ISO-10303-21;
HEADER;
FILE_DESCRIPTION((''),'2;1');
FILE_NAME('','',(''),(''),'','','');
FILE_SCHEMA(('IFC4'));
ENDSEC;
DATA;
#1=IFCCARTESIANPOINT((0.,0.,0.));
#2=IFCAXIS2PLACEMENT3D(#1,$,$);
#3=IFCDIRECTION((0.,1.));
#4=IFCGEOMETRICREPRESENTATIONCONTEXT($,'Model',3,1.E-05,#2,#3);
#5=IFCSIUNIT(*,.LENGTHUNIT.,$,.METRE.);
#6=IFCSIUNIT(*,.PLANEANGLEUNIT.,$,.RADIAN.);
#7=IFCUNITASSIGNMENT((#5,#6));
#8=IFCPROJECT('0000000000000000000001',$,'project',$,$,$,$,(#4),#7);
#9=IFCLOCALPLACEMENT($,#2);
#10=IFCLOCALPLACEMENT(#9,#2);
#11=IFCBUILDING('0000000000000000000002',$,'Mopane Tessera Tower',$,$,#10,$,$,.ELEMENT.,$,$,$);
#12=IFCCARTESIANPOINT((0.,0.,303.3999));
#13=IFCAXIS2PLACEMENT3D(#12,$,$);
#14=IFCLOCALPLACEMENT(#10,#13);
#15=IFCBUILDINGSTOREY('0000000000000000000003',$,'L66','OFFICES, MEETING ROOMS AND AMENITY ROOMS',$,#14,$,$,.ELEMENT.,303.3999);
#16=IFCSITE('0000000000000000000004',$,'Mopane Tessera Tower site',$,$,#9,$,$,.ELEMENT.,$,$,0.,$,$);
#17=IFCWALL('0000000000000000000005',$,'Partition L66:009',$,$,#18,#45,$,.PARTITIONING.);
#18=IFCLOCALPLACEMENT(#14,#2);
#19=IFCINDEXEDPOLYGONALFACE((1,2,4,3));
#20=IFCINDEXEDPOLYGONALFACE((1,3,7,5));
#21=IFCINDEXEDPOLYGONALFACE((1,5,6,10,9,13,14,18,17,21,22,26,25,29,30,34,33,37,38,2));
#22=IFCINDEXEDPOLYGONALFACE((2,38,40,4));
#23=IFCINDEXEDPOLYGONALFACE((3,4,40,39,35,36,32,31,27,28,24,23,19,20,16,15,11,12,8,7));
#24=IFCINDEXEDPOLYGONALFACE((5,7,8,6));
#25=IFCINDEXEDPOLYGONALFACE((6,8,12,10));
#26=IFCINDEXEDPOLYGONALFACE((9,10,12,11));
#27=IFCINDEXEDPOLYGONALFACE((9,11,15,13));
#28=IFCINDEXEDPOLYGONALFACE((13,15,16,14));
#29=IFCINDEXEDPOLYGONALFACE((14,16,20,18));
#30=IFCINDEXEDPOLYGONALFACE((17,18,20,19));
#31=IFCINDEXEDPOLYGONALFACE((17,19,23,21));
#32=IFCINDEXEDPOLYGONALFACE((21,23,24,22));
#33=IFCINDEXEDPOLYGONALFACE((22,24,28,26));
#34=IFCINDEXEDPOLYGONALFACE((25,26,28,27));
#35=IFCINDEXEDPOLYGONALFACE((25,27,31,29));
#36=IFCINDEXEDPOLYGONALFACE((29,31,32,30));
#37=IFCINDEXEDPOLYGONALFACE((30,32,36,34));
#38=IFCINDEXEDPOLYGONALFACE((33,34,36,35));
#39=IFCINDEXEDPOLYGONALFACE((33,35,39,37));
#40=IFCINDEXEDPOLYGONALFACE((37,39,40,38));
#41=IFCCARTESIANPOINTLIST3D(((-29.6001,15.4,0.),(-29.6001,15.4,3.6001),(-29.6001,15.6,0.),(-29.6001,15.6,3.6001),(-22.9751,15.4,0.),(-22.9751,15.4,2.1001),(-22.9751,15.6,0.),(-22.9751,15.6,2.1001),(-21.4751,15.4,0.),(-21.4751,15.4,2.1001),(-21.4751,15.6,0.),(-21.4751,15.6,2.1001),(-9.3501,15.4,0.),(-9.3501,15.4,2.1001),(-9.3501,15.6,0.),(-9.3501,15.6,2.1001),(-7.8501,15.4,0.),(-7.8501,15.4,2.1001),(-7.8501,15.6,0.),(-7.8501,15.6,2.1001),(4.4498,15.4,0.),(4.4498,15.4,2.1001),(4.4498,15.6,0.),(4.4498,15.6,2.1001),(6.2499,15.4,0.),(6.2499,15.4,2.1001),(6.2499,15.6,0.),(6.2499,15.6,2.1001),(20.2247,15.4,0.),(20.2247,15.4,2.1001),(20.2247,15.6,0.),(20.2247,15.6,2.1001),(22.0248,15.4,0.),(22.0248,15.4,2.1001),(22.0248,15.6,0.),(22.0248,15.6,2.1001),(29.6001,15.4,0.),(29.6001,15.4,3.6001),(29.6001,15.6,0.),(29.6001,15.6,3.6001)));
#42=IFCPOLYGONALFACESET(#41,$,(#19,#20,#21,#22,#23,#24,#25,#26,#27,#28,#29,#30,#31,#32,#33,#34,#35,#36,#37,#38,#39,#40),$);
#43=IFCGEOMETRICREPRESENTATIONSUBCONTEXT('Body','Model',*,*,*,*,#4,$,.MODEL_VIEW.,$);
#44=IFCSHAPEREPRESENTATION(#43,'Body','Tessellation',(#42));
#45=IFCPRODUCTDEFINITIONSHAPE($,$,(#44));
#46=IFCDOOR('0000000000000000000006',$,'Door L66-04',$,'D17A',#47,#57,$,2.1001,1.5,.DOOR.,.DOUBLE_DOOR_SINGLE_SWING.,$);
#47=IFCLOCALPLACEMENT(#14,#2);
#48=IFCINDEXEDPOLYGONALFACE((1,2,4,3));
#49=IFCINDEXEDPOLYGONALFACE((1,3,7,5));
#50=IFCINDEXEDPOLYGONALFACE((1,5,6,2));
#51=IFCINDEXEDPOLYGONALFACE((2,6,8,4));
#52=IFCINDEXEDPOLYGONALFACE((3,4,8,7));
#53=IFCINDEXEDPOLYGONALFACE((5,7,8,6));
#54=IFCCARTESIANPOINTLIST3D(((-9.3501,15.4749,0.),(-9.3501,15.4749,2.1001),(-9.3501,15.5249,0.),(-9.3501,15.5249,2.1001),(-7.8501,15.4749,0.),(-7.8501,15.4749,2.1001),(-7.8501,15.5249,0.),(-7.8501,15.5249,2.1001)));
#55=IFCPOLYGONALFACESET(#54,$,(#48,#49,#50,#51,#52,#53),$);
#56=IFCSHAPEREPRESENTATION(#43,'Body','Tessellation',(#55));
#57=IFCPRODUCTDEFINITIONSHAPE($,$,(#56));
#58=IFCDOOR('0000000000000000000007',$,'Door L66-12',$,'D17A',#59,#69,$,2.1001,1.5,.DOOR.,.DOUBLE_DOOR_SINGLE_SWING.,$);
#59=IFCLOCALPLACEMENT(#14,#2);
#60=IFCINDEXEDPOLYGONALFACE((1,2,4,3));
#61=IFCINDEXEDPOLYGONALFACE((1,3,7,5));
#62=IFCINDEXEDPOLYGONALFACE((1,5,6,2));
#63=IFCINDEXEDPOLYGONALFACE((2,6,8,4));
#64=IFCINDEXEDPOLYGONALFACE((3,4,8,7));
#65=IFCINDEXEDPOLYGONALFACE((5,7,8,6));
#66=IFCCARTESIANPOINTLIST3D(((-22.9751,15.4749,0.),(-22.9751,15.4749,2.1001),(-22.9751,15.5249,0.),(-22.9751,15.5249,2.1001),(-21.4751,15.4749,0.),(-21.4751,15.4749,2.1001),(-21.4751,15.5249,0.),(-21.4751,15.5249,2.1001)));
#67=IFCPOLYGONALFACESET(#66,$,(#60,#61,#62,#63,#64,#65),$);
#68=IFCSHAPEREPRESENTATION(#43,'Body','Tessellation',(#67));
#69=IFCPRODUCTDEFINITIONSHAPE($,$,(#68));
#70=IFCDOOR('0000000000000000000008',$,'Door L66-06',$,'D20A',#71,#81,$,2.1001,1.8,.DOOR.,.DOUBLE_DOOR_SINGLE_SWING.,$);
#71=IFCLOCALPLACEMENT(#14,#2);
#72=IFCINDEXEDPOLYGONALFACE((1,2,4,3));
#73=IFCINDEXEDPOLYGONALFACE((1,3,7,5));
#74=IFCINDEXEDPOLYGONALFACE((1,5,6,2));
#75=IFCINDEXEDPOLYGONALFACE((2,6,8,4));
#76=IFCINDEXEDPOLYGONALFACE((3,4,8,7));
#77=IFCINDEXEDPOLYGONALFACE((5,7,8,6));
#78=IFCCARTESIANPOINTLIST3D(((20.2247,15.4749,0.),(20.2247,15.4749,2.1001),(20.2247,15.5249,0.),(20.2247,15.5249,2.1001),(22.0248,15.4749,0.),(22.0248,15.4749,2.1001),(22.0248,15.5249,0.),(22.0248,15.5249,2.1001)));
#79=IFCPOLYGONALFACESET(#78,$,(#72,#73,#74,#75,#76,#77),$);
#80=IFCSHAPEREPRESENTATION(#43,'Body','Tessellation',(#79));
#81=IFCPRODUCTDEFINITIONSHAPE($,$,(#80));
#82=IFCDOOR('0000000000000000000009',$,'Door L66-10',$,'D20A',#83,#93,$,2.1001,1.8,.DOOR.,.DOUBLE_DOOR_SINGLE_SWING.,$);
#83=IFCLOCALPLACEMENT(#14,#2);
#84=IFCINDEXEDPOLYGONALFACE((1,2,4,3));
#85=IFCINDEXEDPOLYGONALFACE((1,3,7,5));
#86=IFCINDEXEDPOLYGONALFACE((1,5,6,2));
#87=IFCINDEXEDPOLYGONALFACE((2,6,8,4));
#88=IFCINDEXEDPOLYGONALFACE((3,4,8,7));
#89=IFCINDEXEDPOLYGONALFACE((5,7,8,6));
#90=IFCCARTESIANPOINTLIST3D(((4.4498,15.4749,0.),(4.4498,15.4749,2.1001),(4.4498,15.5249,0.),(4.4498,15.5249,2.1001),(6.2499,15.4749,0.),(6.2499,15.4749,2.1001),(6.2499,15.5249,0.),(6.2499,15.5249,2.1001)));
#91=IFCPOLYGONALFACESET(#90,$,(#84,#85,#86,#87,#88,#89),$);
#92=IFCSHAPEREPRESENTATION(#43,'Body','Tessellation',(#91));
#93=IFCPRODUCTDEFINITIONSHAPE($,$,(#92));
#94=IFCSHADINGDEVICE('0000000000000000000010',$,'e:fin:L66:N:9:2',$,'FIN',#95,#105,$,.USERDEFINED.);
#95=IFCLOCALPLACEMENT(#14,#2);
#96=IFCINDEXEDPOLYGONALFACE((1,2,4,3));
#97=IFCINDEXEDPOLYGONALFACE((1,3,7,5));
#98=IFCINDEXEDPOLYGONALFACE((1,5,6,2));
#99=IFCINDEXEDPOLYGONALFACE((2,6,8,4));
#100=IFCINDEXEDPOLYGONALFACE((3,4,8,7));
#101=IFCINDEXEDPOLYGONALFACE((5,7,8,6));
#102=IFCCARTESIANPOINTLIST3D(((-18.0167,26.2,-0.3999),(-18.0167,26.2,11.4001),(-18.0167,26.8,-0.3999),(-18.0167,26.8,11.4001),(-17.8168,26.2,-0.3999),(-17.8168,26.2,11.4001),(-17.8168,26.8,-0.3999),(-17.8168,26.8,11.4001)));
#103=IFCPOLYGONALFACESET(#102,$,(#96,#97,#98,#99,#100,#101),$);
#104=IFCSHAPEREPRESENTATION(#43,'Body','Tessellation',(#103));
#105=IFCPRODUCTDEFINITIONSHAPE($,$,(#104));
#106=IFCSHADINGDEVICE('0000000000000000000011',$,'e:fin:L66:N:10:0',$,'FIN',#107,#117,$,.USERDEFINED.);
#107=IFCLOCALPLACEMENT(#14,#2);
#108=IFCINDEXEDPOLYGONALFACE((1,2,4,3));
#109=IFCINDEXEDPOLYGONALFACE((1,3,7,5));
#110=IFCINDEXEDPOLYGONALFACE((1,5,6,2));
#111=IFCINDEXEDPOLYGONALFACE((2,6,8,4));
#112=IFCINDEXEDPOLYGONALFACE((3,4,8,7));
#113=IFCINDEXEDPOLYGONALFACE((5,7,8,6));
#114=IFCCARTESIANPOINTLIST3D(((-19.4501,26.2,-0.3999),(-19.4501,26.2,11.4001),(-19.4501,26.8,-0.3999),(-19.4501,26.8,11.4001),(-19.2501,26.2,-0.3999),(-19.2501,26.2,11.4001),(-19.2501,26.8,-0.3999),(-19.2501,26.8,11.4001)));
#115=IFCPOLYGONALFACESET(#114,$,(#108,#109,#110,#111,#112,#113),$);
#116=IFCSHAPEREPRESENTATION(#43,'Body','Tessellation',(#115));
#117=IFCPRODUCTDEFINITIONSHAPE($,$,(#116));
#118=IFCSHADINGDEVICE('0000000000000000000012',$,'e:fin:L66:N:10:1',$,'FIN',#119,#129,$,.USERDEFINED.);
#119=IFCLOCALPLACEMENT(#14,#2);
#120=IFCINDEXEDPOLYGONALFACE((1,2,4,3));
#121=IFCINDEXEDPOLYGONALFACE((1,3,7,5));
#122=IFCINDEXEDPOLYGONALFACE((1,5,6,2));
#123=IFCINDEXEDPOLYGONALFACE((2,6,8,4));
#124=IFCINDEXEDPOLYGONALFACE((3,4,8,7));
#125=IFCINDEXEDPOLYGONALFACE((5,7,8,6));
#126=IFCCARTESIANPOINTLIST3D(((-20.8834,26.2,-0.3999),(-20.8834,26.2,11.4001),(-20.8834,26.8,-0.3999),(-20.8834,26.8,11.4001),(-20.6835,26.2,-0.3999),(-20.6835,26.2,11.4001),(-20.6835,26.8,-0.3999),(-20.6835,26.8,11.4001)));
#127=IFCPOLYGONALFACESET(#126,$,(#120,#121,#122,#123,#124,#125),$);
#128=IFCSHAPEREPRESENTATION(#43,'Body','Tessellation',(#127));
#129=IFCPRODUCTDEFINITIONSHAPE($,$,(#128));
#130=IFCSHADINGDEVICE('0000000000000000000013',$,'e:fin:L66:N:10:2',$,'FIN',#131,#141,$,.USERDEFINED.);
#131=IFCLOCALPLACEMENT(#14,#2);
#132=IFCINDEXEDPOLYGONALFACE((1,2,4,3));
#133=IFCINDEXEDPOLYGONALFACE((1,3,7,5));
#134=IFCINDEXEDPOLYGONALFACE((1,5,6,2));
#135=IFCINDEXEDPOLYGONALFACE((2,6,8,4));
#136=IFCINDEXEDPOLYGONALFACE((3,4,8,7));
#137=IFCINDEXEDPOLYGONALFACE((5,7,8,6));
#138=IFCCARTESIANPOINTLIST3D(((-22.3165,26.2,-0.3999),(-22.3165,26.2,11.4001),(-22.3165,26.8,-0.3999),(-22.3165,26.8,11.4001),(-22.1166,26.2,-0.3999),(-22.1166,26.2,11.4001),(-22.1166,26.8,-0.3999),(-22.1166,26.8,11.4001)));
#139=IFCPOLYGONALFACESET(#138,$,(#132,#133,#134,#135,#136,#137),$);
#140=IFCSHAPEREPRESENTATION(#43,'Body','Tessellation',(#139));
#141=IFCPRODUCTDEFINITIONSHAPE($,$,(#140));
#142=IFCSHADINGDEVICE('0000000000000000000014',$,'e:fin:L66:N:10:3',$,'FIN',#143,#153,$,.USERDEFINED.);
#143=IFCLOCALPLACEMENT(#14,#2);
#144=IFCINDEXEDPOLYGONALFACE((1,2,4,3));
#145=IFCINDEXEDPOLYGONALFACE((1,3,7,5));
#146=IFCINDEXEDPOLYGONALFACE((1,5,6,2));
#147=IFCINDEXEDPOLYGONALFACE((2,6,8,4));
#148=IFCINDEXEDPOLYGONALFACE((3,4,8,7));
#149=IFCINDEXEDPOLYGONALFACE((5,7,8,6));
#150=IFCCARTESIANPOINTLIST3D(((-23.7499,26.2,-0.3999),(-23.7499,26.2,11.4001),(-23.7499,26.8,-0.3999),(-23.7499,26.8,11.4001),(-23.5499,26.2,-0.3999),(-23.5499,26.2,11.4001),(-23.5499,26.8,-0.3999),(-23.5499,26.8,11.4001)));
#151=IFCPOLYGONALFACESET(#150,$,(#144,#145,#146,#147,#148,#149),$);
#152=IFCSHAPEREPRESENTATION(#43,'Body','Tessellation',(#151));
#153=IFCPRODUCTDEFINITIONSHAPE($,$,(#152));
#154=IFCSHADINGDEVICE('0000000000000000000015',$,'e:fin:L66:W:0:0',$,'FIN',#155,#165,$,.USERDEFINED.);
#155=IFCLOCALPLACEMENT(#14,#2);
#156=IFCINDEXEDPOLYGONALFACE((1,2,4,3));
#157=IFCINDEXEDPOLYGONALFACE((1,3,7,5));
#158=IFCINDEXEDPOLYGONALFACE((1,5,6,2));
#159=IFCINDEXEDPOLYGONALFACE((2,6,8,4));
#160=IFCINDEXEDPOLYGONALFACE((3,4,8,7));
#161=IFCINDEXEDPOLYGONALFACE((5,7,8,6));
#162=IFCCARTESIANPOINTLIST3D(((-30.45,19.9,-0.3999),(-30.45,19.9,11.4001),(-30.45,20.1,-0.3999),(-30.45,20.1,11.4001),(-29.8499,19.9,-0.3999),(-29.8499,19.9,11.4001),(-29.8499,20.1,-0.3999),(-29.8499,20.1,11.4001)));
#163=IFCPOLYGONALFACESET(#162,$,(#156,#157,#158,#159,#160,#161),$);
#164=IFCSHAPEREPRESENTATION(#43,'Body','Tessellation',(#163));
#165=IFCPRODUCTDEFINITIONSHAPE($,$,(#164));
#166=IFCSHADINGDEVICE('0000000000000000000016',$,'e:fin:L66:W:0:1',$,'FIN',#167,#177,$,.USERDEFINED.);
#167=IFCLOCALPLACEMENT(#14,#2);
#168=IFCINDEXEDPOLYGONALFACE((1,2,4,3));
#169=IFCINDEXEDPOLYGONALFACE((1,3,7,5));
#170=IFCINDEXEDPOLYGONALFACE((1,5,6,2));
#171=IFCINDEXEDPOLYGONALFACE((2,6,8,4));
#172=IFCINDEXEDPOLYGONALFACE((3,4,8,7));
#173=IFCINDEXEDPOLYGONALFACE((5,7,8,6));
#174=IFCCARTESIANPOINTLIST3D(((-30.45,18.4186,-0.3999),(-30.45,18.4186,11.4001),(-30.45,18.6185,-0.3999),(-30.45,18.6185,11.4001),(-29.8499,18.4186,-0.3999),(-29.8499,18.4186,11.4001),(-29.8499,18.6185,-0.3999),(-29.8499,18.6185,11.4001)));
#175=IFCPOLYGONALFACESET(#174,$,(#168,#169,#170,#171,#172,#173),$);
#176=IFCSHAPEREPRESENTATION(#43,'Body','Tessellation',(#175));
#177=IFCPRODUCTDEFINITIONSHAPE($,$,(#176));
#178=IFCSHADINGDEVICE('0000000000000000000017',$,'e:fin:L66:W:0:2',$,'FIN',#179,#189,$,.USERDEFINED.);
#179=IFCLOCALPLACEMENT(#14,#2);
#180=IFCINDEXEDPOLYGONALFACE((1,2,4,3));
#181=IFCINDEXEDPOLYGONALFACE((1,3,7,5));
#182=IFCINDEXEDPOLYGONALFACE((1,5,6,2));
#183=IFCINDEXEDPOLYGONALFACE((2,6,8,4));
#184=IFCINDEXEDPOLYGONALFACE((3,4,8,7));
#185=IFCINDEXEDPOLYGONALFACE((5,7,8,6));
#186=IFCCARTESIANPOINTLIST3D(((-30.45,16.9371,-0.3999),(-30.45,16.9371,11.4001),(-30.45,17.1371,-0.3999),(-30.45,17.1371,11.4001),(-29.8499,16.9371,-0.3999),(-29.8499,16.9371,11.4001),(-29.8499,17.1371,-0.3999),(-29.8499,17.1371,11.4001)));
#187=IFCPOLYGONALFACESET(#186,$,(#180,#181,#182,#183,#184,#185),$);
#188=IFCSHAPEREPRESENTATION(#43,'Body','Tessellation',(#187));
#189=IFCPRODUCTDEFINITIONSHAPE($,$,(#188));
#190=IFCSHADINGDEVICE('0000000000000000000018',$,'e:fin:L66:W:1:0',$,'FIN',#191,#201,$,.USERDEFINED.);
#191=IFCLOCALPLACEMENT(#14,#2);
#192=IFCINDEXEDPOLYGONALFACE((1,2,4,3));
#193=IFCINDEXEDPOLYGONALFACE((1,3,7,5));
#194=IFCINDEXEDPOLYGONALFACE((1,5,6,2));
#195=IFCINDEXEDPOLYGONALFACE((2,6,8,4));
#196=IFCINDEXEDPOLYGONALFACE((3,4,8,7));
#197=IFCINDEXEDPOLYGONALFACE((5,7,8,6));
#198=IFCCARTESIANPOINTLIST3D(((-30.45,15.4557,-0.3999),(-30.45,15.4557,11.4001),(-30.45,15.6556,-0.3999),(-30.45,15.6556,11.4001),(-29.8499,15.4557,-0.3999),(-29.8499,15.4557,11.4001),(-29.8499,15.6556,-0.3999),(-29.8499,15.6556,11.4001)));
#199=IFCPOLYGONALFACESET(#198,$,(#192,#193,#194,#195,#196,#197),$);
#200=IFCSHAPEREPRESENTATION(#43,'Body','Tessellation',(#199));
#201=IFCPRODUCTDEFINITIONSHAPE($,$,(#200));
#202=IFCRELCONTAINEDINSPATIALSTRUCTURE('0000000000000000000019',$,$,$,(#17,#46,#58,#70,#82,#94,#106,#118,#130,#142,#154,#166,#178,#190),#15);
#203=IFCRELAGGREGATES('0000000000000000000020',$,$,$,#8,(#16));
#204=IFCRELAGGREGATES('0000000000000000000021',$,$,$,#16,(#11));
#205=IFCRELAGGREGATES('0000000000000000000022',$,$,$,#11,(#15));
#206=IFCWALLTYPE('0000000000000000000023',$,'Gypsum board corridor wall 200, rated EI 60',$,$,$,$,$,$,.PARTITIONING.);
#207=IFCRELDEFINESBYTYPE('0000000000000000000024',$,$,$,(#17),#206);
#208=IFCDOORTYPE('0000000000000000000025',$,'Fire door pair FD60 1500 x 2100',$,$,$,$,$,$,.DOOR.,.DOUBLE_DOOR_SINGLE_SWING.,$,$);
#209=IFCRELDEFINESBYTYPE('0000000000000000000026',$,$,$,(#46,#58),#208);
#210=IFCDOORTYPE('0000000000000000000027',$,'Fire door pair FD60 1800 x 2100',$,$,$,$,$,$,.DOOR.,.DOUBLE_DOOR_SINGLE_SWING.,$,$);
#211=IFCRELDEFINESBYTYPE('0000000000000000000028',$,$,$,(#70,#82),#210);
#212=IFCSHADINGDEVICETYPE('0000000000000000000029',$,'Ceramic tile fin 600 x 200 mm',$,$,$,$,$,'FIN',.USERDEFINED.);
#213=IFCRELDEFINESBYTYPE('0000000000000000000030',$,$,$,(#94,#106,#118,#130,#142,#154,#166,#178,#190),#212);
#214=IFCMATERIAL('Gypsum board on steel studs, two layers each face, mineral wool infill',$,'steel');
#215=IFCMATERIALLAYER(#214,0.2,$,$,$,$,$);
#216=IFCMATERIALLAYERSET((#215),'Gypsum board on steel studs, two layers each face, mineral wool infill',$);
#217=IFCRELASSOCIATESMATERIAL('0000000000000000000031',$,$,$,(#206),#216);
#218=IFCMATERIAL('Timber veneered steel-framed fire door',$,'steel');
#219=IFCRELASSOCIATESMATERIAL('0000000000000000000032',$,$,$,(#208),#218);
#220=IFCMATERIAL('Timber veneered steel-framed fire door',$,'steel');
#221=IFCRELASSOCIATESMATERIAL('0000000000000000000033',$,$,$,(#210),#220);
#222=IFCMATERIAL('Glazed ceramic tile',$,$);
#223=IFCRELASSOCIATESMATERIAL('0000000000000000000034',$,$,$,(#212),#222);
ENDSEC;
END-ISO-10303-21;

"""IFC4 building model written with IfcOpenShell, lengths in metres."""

from ifc_helpers import new_model, si_unit, direction, frame, frame_2d, origin, origin_2d, place, context, subcontext, project, spatial, rectangle, extrude, material, layer, layer_set, type_object, element, fill, save


model = new_model("IFC4")

# Units and contexts
model_context = context("Model", 3, precision=1e-05, world=origin(), true_north=direction((0.0, 1.0)))
body_context = subcontext(model_context, "Body", "Model", "MODEL_VIEW")
ifc_project = project(units=[si_unit("LENGTHUNIT", "METRE"), si_unit("PLANEANGLEUNIT", "RADIAN")], contexts=[model_context])

# Site, building, storey
site_placement = place(None, origin())
site = spatial("IfcSite", under=ifc_project, at=site_placement, Name="Mopane Tessera Tower site", CompositionType="ELEMENT", RefElevation=0.0)
building_placement = place(site_placement, origin())
building = spatial("IfcBuilding", under=site, at=building_placement, Name="Mopane Tessera Tower", CompositionType="ELEMENT")
storey_placement = place(building_placement, frame((0.0, 0.0, 303.3999)))
storey = spatial("IfcBuildingStorey", under=building, at=storey_placement, Name="L66", Description="OFFICES, MEETING ROOMS AND AMENITY ROOMS", CompositionType="ELEMENT", Elevation=303.3999)

# Wall, openings, doors
ifc_material_1 = material(Name="Gypsum board on steel studs, two layers each face, mineral wool infill", Category="steel")
ifc_layer_1 = layer(ifc_material_1, 0.2)
ifc_layer_set_1 = layer_set([ifc_layer_1], Name="Gypsum board on steel studs, two layers each face, mineral wool infill")
wall_type = type_object("IfcWallType", Name="Gypsum board corridor wall 200, rated EI 60", PredefinedType="PARTITIONING", material=ifc_layer_set_1)
wall_placement = place(storey_placement, frame((-29.6001, 15.5, 0.0), z_axis=(0.0, 0.0, 1.0), x_axis=(1.0, 0.0, 0.0)))
wall = element("IfcWall", 1, at=wall_placement, inside=storey, type_object=wall_type, Name="Partition L66:009", PredefinedType="PARTITIONING", context=body_context, shape_type="SweptSolid", body=[
    extrude(rectangle(XDim=59.2002, YDim=0.2, at=frame_2d((29.6001, 0.0))), origin(), (0.0, 0.0, 1.0), 3.6001),
])
opening_1_placement = place(wall_placement, frame((20.25, 0.0, 0.0)))
opening_1 = element("IfcOpeningElement", 2, at=opening_1_placement, cuts=wall, PredefinedType="OPENING", context=body_context, shape_type="SweptSolid", body=[
    extrude(rectangle(XDim=1.5, YDim=2.1001, at=frame_2d((0.75, 1.05))), frame((0.0, 0.1121, 0.0), z_axis=(0.0, -1.0, 0.0), x_axis=(1.0, 0.0, 0.0)), (0.0, 0.0, 1.0), 0.2239),
])
opening_2_placement = place(wall_placement, frame((49.825, 0.0, 0.0)))
opening_2 = element("IfcOpeningElement", 3, at=opening_2_placement, cuts=wall, PredefinedType="OPENING", context=body_context, shape_type="SweptSolid", body=[
    extrude(rectangle(XDim=1.8, YDim=2.1001, at=frame_2d((0.8999, 1.05))), frame((0.0, 0.1121, 0.0), z_axis=(0.0, -1.0, 0.0), x_axis=(1.0, 0.0, 0.0)), (0.0, 0.0, 1.0), 0.2239),
])
opening_3_placement = place(wall_placement, frame((34.05, 0.0, 0.0)))
opening_3 = element("IfcOpeningElement", 4, at=opening_3_placement, cuts=wall, PredefinedType="OPENING", context=body_context, shape_type="SweptSolid", body=[
    extrude(rectangle(XDim=1.8, YDim=2.1001, at=frame_2d((0.8999, 1.05))), frame((0.0, 0.1121, 0.0), z_axis=(0.0, -1.0, 0.0), x_axis=(1.0, 0.0, 0.0)), (0.0, 0.0, 1.0), 0.2239),
])
opening_4_placement = place(wall_placement, frame((6.625, 0.0, 0.0)))
opening_4 = element("IfcOpeningElement", 5, at=opening_4_placement, cuts=wall, PredefinedType="OPENING", context=body_context, shape_type="SweptSolid", body=[
    extrude(rectangle(XDim=1.5, YDim=2.1001, at=frame_2d((0.75, 1.05))), frame((0.0, 0.1121, 0.0), z_axis=(0.0, -1.0, 0.0), x_axis=(1.0, 0.0, 0.0)), (0.0, 0.0, 1.0), 0.2239),
])
ifc_material_2 = material(Name="Timber veneered steel-framed fire door", Category="steel")
door_type_1 = type_object("IfcDoorType", Name="Fire door pair FD60 1500 x 2100", OperationType="DOUBLE_DOOR_SINGLE_SWING", PredefinedType="DOOR", material=ifc_material_2)
door_1_placement = place(opening_1_placement, origin())
door_1 = element("IfcDoor", 6, at=door_1_placement, inside=storey, type_object=door_type_1, Name="Door L66-04", ObjectType="D17A", OperationType="DOUBLE_DOOR_SINGLE_SWING", OverallHeight=2.1001, OverallWidth=1.5, PredefinedType="DOOR", context=body_context, shape_type="SweptSolid", body=[
    extrude(rectangle(XDim=1.5, YDim=2.1001, at=frame_2d((0.75, 1.05))), frame((0.0, 0.0249, 0.0), z_axis=(0.0, -1.0, 0.0), x_axis=(1.0, 0.0, 0.0)), (0.0, 0.0, 1.0), 0.05),
])
fill(opening_1, door_1)
door_2_placement = place(opening_4_placement, origin())
door_2 = element("IfcDoor", 7, at=door_2_placement, inside=storey, type_object=door_type_1, Name="Door L66-12", ObjectType="D17A", OperationType="DOUBLE_DOOR_SINGLE_SWING", OverallHeight=2.1001, OverallWidth=1.5, PredefinedType="DOOR", context=body_context, shape_type="SweptSolid", body=[
    extrude(rectangle(XDim=1.5, YDim=2.1001, at=frame_2d((0.75, 1.05))), frame((0.0, 0.0249, 0.0), z_axis=(0.0, -1.0, 0.0), x_axis=(1.0, 0.0, 0.0)), (0.0, 0.0, 1.0), 0.05),
])
fill(opening_4, door_2)
ifc_material_3 = material(Name="Timber veneered steel-framed fire door", Category="steel")
door_type_2 = type_object("IfcDoorType", Name="Fire door pair FD60 1800 x 2100", OperationType="DOUBLE_DOOR_SINGLE_SWING", PredefinedType="DOOR", material=ifc_material_3)
door_3_placement = place(opening_2_placement, origin())
door_3 = element("IfcDoor", 8, at=door_3_placement, inside=storey, type_object=door_type_2, Name="Door L66-06", ObjectType="D20A", OperationType="DOUBLE_DOOR_SINGLE_SWING", OverallHeight=2.1001, OverallWidth=1.8, PredefinedType="DOOR", context=body_context, shape_type="SweptSolid", body=[
    extrude(rectangle(XDim=1.8, YDim=2.1001, at=frame_2d((0.8999, 1.05))), frame((0.0, 0.0249, 0.0), z_axis=(0.0, -1.0, 0.0), x_axis=(1.0, 0.0, 0.0)), (0.0, 0.0, 1.0), 0.05),
])
fill(opening_2, door_3)
door_4_placement = place(opening_3_placement, origin())
door_4 = element("IfcDoor", 9, at=door_4_placement, inside=storey, type_object=door_type_2, Name="Door L66-10", ObjectType="D20A", OperationType="DOUBLE_DOOR_SINGLE_SWING", OverallHeight=2.1001, OverallWidth=1.8, PredefinedType="DOOR", context=body_context, shape_type="SweptSolid", body=[
    extrude(rectangle(XDim=1.8, YDim=2.1001, at=frame_2d((0.8999, 1.05))), frame((0.0, 0.0249, 0.0), z_axis=(0.0, -1.0, 0.0), x_axis=(1.0, 0.0, 0.0)), (0.0, 0.0, 1.0), 0.05),
])
fill(opening_3, door_4)

# Shading devices
ifc_material_4 = material(Name="Glazed ceramic tile")
shading_device_type = type_object("IfcShadingDeviceType", Name="Ceramic tile fin 600 x 200 mm", ElementType="FIN", PredefinedType="USERDEFINED", material=ifc_material_4)
for number, where, z_axis, x_axis, name in (
    (10, (-17.9167, 26.5, -0.3999), (0.0, 0.0, 1.0), (-1.0, 0.0, 0.0), "e:fin:L66:N:9:2"),
    (11, (-19.3501, 26.5, -0.3999), (0.0, 0.0, 1.0), (-1.0, 0.0, 0.0), "e:fin:L66:N:10:0"),
    (12, (-20.7834, 26.5, -0.3999), (0.0, 0.0, 1.0), (-1.0, 0.0, 0.0), "e:fin:L66:N:10:1"),
    (13, (-22.2166, 26.5, -0.3999), (0.0, 0.0, 1.0), (-1.0, 0.0, 0.0), "e:fin:L66:N:10:2"),
    (14, (-23.6499, 26.5, -0.3999), (0.0, 0.0, 1.0), (-1.0, 0.0, 0.0), "e:fin:L66:N:10:3"),
    (15, (-30.1499, 20.0, -0.3999), (0.0, 0.0, 1.0), (0.0, -1.0, 0.0), "e:fin:L66:W:0:0"),
    (16, (-30.1499, 18.5186, -0.3999), (0.0, 0.0, 1.0), (0.0, -1.0, 0.0), "e:fin:L66:W:0:1"),
    (17, (-30.1499, 17.0371, -0.3999), (0.0, 0.0, 1.0), (0.0, -1.0, 0.0), "e:fin:L66:W:0:2"),
    (18, (-30.1499, 15.5557, -0.3999), (0.0, 0.0, 1.0), (0.0, -1.0, 0.0), "e:fin:L66:W:1:0"),
):
    element("IfcShadingDevice", number, at=place(storey_placement, frame(where, z_axis=z_axis, x_axis=x_axis)), inside=storey, type_object=shading_device_type, Name=name, ObjectType="FIN", PredefinedType="USERDEFINED", context=body_context, shape_type="SweptSolid", body=[
        extrude(rectangle(XDim=0.2, YDim=0.6001, at=origin_2d()), origin(), (0.0, 0.0, 1.0), 11.8),
    ])

save(model, "model.ifc")
